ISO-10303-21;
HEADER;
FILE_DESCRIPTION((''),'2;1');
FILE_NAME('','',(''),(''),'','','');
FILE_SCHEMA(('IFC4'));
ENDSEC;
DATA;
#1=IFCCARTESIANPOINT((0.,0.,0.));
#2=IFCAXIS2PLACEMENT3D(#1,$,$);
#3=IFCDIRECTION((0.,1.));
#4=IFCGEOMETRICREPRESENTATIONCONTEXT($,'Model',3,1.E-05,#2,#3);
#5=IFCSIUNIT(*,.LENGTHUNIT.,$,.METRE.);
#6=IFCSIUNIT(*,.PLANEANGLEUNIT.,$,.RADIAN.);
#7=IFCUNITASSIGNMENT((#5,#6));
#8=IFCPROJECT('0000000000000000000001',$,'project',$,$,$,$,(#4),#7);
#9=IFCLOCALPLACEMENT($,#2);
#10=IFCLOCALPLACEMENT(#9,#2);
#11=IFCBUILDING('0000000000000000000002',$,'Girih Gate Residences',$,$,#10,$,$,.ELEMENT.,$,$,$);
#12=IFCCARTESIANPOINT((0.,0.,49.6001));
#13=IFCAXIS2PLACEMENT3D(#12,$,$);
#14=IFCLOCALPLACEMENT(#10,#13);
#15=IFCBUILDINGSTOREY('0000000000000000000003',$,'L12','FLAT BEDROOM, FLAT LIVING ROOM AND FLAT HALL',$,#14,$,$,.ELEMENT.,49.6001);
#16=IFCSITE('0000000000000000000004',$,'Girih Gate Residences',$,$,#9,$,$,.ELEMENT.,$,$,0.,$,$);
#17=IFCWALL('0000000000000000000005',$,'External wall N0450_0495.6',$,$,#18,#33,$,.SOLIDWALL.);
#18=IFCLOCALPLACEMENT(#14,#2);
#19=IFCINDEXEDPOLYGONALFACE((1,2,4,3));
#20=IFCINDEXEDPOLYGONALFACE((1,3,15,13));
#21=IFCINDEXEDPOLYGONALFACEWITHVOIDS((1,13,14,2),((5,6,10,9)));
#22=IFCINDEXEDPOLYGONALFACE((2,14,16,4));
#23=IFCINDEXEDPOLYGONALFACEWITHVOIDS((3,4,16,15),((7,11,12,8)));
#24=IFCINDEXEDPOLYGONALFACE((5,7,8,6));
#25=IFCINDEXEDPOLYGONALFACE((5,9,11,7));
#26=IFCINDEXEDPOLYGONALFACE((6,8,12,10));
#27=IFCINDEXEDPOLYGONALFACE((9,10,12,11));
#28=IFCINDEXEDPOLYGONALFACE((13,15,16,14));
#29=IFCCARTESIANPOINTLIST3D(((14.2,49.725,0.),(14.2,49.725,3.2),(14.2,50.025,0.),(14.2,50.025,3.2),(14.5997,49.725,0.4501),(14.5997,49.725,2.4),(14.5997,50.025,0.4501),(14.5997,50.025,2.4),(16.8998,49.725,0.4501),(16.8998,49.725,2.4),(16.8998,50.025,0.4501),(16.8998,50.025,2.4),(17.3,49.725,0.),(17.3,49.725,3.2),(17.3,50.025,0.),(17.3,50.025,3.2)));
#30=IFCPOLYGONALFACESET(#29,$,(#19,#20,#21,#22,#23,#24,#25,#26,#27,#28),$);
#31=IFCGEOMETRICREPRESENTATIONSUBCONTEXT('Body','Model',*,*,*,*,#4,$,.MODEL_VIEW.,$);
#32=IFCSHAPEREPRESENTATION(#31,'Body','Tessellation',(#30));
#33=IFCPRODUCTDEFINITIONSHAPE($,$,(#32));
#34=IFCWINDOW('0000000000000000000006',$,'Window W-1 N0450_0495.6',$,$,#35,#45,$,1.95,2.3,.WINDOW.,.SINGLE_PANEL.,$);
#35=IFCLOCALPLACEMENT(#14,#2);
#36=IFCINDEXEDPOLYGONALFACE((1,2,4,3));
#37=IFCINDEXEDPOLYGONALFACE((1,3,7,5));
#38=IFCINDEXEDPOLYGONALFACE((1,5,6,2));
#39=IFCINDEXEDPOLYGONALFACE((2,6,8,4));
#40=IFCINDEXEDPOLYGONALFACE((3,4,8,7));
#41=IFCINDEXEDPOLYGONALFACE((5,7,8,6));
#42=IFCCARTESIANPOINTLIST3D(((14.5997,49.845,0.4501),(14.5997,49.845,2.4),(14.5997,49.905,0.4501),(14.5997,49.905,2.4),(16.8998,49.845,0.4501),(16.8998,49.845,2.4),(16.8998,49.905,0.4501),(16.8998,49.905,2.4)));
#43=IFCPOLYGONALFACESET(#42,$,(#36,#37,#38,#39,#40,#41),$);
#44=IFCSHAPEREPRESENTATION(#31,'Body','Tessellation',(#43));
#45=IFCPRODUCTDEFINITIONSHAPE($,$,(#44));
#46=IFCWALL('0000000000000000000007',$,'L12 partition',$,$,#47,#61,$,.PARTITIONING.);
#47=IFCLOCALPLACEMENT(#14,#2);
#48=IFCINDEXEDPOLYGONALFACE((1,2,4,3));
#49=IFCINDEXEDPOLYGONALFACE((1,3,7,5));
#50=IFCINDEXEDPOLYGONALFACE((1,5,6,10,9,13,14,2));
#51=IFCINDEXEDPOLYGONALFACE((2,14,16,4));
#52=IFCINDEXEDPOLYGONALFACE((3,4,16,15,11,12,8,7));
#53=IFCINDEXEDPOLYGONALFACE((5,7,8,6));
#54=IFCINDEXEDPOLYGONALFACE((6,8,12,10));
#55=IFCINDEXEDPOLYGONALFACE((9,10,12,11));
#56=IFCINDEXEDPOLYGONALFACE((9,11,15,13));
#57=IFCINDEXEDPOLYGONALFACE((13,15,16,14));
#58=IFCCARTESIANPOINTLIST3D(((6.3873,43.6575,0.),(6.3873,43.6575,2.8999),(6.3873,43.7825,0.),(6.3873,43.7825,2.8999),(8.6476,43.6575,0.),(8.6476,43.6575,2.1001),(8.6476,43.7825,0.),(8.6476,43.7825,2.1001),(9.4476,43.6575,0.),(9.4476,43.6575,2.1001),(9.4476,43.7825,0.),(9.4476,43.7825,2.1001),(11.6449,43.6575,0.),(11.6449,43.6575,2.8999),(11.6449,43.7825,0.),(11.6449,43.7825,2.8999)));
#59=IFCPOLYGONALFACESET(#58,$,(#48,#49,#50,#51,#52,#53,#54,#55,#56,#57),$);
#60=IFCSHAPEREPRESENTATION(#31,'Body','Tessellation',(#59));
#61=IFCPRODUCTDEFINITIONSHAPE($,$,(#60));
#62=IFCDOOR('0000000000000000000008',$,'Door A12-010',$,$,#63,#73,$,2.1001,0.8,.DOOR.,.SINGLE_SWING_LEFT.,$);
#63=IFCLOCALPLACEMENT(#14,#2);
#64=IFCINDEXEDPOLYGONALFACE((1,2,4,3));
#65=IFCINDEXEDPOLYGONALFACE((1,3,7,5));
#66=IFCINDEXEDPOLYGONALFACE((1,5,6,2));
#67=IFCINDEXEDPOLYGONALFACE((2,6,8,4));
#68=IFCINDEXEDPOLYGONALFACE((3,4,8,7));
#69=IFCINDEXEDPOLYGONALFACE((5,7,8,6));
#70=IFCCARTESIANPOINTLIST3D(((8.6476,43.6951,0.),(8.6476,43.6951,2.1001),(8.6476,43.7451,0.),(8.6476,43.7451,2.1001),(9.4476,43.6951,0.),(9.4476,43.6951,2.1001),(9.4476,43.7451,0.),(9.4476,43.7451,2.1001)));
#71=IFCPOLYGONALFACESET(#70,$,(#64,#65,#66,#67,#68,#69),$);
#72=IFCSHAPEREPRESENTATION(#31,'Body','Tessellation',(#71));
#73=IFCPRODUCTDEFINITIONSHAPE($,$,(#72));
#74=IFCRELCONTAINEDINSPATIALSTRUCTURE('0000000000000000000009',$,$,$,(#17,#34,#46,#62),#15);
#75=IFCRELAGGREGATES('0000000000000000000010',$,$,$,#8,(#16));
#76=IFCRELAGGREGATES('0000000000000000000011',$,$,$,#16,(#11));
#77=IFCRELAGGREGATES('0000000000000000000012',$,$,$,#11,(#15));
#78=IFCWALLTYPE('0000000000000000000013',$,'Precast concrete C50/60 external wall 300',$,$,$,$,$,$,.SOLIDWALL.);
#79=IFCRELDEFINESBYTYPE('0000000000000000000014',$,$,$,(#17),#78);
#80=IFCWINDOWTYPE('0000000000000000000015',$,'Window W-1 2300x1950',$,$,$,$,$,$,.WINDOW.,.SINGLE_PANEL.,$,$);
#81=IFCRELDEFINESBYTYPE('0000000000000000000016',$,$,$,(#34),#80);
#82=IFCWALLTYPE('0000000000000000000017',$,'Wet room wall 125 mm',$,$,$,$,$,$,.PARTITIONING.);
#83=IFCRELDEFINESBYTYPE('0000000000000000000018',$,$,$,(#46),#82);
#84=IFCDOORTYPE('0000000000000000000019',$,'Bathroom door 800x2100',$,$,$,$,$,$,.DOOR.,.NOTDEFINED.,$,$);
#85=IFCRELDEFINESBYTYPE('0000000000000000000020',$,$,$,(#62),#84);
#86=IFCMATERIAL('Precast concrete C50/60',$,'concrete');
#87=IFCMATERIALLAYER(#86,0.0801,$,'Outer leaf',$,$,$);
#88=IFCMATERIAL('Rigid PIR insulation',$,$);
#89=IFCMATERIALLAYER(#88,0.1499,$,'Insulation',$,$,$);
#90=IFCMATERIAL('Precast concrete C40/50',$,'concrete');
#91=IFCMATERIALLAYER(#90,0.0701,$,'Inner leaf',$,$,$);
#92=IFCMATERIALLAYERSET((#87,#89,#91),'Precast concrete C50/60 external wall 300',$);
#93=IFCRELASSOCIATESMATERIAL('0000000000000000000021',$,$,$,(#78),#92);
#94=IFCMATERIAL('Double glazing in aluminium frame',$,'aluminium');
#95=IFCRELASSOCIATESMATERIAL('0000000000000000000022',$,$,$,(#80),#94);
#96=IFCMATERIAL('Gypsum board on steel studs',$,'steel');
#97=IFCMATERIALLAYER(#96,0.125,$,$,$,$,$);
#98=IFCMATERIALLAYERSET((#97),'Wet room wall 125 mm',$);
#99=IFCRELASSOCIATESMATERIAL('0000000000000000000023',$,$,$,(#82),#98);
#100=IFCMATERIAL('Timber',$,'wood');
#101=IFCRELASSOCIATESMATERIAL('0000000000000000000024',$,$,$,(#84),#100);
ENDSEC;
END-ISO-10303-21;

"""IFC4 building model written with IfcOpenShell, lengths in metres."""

from ifc_helpers import new_model, si_unit, direction, frame, frame_2d, origin, place, context, subcontext, project, spatial, rectangle, extrude, material, layer, layer_set, type_object, element, fill, save


model = new_model("IFC4")

# Units and contexts
model_context = context("Model", 3, precision=1e-05, world=origin(), true_north=direction((0.0, 1.0)))
body_context = subcontext(model_context, "Body", "Model", "MODEL_VIEW")
ifc_project = project(units=[si_unit("LENGTHUNIT", "METRE"), si_unit("PLANEANGLEUNIT", "RADIAN")], contexts=[model_context])

# Site, building, storey
site_placement = place(None, origin())
site = spatial("IfcSite", under=ifc_project, at=site_placement, Name="Girih Gate Residences", CompositionType="ELEMENT", RefElevation=0.0)
building_placement = place(site_placement, origin())
building = spatial("IfcBuilding", under=site, at=building_placement, Name="Girih Gate Residences", CompositionType="ELEMENT")
storey_placement = place(building_placement, frame((0.0, 0.0, 49.6001)))
storey = spatial("IfcBuildingStorey", under=building, at=storey_placement, Name="L12", Description="FLAT BEDROOM, FLAT LIVING ROOM AND FLAT HALL", CompositionType="ELEMENT", Elevation=49.6001)

# Shared definitions
ifc_material_1 = material(Name="Gypsum board on steel studs", Category="steel")

# Shared definitions
ifc_material_2 = material(Name="Timber", Category="wood")

# Wall, opening, window
ifc_material_3 = material(Name="Precast concrete C50/60", Category="concrete")
ifc_layer_1 = layer(ifc_material_3, 0.0801, Name="Outer leaf")
ifc_material_4 = material(Name="Rigid PIR insulation")
ifc_layer_2 = layer(ifc_material_4, 0.1499, Name="Insulation")
ifc_material_5 = material(Name="Precast concrete C40/50", Category="concrete")
ifc_layer_3 = layer(ifc_material_5, 0.0701, Name="Inner leaf")
ifc_layer_set_1 = layer_set([ifc_layer_1, ifc_layer_2, ifc_layer_3], Name="Precast concrete C50/60 external wall 300")
wall_type_1 = type_object("IfcWallType", Name="Precast concrete C50/60 external wall 300", PredefinedType="SOLIDWALL", material=ifc_layer_set_1)
wall_1_placement = place(storey_placement, frame((14.2, 49.875, 0.0), z_axis=(0.0, 0.0, 1.0), x_axis=(1.0, 0.0, 0.0)))
wall_1 = element("IfcWall", 1, at=wall_1_placement, inside=storey, type_object=wall_type_1, Name="External wall N0450_0495.6", PredefinedType="SOLIDWALL", context=body_context, shape_type="SweptSolid", body=[
    extrude(rectangle(XDim=3.1001, YDim=0.3, at=frame_2d((1.55, 0.0))), origin(), (0.0, 0.0, 1.0), 3.2),
])
opening_1_placement = place(wall_1_placement, frame((0.3999, 0.0, 0.45)))
opening_1 = element("IfcOpeningElement", 2, at=opening_1_placement, cuts=wall_1, PredefinedType="OPENING", context=body_context, shape_type="SweptSolid", body=[
    extrude(rectangle(XDim=2.3, YDim=1.95, at=frame_2d((1.1499, 0.9751))), frame((0.0, 0.1599, 0.0), z_axis=(0.0, -1.0, 0.0), x_axis=(1.0, 0.0, 0.0)), (0.0, 0.0, 1.0), 0.3201),
])
ifc_material_6 = material(Name="Double glazing in aluminium frame", Category="aluminium")
window_type = type_object("IfcWindowType", Name="Window W-1 2300x1950", PartitioningType="SINGLE_PANEL", PredefinedType="WINDOW", material=ifc_material_6)
window_placement = place(opening_1_placement, origin())
window = element("IfcWindow", 3, at=window_placement, inside=storey, type_object=window_type, Name="Window W-1 N0450_0495.6", OverallHeight=1.95, OverallWidth=2.3, PartitioningType="SINGLE_PANEL", PredefinedType="WINDOW", context=body_context, shape_type="SweptSolid", body=[
    extrude(rectangle(XDim=2.3, YDim=1.95, at=frame_2d((1.1499, 0.9751))), frame((0.0, 0.03, 0.0), z_axis=(0.0, -1.0, 0.0), x_axis=(1.0, 0.0, 0.0)), (0.0, 0.0, 1.0), 0.0601),
])
fill(opening_1, window)

# Wall, opening, door
ifc_layer_4 = layer(ifc_material_1, 0.125)
ifc_layer_set_2 = layer_set([ifc_layer_4], Name="Wet room wall 125 mm")
wall_type_2 = type_object("IfcWallType", Name="Wet room wall 125 mm", PredefinedType="PARTITIONING", material=ifc_layer_set_2)
wall_2_placement = place(storey_placement, frame((11.645, 43.72, 0.0), z_axis=(0.0, 0.0, 1.0), x_axis=(-1.0, 0.0, 0.0)))
wall_2 = element("IfcWall", 4, at=wall_2_placement, inside=storey, type_object=wall_type_2, Name="L12 partition", PredefinedType="PARTITIONING", context=body_context, shape_type="SweptSolid", body=[
    extrude(rectangle(XDim=5.2576, YDim=0.125, at=frame_2d((2.6289, 0.0))), origin(), (0.0, 0.0, 1.0), 2.8999),
])
opening_2_placement = place(wall_2_placement, frame((2.1975, 0.0, 0.0)))
opening_2 = element("IfcOpeningElement", 5, at=opening_2_placement, cuts=wall_2, PredefinedType="OPENING", context=body_context, shape_type="SweptSolid", body=[
    extrude(rectangle(XDim=0.8, YDim=2.1001, at=frame_2d((0.3999, 1.05))), frame((0.0, 0.0725, 0.0), z_axis=(0.0, -1.0, 0.0), x_axis=(1.0, 0.0, 0.0)), (0.0, 0.0, 1.0), 0.145),
])
door_type_1 = type_object("IfcDoorType", Name="Bathroom door 800x2100", OperationType="NOTDEFINED", PredefinedType="DOOR", material=ifc_material_2)
door_1_placement = place(opening_2_placement, origin())
door_1 = element("IfcDoor", 6, at=door_1_placement, inside=storey, type_object=door_type_1, Name="Door A12-010", OperationType="SINGLE_SWING_LEFT", OverallHeight=2.1001, OverallWidth=0.8, PredefinedType="DOOR", context=body_context, shape_type="SweptSolid", body=[
    extrude(rectangle(XDim=0.8, YDim=2.1001, at=frame_2d((0.3999, 1.05))), frame((0.0, 0.0249, 0.0), z_axis=(0.0, -1.0, 0.0), x_axis=(1.0, 0.0, 0.0)), (0.0, 0.0, 1.0), 0.05),
])
fill(opening_2, door_1)

save(model, "model.ifc")
